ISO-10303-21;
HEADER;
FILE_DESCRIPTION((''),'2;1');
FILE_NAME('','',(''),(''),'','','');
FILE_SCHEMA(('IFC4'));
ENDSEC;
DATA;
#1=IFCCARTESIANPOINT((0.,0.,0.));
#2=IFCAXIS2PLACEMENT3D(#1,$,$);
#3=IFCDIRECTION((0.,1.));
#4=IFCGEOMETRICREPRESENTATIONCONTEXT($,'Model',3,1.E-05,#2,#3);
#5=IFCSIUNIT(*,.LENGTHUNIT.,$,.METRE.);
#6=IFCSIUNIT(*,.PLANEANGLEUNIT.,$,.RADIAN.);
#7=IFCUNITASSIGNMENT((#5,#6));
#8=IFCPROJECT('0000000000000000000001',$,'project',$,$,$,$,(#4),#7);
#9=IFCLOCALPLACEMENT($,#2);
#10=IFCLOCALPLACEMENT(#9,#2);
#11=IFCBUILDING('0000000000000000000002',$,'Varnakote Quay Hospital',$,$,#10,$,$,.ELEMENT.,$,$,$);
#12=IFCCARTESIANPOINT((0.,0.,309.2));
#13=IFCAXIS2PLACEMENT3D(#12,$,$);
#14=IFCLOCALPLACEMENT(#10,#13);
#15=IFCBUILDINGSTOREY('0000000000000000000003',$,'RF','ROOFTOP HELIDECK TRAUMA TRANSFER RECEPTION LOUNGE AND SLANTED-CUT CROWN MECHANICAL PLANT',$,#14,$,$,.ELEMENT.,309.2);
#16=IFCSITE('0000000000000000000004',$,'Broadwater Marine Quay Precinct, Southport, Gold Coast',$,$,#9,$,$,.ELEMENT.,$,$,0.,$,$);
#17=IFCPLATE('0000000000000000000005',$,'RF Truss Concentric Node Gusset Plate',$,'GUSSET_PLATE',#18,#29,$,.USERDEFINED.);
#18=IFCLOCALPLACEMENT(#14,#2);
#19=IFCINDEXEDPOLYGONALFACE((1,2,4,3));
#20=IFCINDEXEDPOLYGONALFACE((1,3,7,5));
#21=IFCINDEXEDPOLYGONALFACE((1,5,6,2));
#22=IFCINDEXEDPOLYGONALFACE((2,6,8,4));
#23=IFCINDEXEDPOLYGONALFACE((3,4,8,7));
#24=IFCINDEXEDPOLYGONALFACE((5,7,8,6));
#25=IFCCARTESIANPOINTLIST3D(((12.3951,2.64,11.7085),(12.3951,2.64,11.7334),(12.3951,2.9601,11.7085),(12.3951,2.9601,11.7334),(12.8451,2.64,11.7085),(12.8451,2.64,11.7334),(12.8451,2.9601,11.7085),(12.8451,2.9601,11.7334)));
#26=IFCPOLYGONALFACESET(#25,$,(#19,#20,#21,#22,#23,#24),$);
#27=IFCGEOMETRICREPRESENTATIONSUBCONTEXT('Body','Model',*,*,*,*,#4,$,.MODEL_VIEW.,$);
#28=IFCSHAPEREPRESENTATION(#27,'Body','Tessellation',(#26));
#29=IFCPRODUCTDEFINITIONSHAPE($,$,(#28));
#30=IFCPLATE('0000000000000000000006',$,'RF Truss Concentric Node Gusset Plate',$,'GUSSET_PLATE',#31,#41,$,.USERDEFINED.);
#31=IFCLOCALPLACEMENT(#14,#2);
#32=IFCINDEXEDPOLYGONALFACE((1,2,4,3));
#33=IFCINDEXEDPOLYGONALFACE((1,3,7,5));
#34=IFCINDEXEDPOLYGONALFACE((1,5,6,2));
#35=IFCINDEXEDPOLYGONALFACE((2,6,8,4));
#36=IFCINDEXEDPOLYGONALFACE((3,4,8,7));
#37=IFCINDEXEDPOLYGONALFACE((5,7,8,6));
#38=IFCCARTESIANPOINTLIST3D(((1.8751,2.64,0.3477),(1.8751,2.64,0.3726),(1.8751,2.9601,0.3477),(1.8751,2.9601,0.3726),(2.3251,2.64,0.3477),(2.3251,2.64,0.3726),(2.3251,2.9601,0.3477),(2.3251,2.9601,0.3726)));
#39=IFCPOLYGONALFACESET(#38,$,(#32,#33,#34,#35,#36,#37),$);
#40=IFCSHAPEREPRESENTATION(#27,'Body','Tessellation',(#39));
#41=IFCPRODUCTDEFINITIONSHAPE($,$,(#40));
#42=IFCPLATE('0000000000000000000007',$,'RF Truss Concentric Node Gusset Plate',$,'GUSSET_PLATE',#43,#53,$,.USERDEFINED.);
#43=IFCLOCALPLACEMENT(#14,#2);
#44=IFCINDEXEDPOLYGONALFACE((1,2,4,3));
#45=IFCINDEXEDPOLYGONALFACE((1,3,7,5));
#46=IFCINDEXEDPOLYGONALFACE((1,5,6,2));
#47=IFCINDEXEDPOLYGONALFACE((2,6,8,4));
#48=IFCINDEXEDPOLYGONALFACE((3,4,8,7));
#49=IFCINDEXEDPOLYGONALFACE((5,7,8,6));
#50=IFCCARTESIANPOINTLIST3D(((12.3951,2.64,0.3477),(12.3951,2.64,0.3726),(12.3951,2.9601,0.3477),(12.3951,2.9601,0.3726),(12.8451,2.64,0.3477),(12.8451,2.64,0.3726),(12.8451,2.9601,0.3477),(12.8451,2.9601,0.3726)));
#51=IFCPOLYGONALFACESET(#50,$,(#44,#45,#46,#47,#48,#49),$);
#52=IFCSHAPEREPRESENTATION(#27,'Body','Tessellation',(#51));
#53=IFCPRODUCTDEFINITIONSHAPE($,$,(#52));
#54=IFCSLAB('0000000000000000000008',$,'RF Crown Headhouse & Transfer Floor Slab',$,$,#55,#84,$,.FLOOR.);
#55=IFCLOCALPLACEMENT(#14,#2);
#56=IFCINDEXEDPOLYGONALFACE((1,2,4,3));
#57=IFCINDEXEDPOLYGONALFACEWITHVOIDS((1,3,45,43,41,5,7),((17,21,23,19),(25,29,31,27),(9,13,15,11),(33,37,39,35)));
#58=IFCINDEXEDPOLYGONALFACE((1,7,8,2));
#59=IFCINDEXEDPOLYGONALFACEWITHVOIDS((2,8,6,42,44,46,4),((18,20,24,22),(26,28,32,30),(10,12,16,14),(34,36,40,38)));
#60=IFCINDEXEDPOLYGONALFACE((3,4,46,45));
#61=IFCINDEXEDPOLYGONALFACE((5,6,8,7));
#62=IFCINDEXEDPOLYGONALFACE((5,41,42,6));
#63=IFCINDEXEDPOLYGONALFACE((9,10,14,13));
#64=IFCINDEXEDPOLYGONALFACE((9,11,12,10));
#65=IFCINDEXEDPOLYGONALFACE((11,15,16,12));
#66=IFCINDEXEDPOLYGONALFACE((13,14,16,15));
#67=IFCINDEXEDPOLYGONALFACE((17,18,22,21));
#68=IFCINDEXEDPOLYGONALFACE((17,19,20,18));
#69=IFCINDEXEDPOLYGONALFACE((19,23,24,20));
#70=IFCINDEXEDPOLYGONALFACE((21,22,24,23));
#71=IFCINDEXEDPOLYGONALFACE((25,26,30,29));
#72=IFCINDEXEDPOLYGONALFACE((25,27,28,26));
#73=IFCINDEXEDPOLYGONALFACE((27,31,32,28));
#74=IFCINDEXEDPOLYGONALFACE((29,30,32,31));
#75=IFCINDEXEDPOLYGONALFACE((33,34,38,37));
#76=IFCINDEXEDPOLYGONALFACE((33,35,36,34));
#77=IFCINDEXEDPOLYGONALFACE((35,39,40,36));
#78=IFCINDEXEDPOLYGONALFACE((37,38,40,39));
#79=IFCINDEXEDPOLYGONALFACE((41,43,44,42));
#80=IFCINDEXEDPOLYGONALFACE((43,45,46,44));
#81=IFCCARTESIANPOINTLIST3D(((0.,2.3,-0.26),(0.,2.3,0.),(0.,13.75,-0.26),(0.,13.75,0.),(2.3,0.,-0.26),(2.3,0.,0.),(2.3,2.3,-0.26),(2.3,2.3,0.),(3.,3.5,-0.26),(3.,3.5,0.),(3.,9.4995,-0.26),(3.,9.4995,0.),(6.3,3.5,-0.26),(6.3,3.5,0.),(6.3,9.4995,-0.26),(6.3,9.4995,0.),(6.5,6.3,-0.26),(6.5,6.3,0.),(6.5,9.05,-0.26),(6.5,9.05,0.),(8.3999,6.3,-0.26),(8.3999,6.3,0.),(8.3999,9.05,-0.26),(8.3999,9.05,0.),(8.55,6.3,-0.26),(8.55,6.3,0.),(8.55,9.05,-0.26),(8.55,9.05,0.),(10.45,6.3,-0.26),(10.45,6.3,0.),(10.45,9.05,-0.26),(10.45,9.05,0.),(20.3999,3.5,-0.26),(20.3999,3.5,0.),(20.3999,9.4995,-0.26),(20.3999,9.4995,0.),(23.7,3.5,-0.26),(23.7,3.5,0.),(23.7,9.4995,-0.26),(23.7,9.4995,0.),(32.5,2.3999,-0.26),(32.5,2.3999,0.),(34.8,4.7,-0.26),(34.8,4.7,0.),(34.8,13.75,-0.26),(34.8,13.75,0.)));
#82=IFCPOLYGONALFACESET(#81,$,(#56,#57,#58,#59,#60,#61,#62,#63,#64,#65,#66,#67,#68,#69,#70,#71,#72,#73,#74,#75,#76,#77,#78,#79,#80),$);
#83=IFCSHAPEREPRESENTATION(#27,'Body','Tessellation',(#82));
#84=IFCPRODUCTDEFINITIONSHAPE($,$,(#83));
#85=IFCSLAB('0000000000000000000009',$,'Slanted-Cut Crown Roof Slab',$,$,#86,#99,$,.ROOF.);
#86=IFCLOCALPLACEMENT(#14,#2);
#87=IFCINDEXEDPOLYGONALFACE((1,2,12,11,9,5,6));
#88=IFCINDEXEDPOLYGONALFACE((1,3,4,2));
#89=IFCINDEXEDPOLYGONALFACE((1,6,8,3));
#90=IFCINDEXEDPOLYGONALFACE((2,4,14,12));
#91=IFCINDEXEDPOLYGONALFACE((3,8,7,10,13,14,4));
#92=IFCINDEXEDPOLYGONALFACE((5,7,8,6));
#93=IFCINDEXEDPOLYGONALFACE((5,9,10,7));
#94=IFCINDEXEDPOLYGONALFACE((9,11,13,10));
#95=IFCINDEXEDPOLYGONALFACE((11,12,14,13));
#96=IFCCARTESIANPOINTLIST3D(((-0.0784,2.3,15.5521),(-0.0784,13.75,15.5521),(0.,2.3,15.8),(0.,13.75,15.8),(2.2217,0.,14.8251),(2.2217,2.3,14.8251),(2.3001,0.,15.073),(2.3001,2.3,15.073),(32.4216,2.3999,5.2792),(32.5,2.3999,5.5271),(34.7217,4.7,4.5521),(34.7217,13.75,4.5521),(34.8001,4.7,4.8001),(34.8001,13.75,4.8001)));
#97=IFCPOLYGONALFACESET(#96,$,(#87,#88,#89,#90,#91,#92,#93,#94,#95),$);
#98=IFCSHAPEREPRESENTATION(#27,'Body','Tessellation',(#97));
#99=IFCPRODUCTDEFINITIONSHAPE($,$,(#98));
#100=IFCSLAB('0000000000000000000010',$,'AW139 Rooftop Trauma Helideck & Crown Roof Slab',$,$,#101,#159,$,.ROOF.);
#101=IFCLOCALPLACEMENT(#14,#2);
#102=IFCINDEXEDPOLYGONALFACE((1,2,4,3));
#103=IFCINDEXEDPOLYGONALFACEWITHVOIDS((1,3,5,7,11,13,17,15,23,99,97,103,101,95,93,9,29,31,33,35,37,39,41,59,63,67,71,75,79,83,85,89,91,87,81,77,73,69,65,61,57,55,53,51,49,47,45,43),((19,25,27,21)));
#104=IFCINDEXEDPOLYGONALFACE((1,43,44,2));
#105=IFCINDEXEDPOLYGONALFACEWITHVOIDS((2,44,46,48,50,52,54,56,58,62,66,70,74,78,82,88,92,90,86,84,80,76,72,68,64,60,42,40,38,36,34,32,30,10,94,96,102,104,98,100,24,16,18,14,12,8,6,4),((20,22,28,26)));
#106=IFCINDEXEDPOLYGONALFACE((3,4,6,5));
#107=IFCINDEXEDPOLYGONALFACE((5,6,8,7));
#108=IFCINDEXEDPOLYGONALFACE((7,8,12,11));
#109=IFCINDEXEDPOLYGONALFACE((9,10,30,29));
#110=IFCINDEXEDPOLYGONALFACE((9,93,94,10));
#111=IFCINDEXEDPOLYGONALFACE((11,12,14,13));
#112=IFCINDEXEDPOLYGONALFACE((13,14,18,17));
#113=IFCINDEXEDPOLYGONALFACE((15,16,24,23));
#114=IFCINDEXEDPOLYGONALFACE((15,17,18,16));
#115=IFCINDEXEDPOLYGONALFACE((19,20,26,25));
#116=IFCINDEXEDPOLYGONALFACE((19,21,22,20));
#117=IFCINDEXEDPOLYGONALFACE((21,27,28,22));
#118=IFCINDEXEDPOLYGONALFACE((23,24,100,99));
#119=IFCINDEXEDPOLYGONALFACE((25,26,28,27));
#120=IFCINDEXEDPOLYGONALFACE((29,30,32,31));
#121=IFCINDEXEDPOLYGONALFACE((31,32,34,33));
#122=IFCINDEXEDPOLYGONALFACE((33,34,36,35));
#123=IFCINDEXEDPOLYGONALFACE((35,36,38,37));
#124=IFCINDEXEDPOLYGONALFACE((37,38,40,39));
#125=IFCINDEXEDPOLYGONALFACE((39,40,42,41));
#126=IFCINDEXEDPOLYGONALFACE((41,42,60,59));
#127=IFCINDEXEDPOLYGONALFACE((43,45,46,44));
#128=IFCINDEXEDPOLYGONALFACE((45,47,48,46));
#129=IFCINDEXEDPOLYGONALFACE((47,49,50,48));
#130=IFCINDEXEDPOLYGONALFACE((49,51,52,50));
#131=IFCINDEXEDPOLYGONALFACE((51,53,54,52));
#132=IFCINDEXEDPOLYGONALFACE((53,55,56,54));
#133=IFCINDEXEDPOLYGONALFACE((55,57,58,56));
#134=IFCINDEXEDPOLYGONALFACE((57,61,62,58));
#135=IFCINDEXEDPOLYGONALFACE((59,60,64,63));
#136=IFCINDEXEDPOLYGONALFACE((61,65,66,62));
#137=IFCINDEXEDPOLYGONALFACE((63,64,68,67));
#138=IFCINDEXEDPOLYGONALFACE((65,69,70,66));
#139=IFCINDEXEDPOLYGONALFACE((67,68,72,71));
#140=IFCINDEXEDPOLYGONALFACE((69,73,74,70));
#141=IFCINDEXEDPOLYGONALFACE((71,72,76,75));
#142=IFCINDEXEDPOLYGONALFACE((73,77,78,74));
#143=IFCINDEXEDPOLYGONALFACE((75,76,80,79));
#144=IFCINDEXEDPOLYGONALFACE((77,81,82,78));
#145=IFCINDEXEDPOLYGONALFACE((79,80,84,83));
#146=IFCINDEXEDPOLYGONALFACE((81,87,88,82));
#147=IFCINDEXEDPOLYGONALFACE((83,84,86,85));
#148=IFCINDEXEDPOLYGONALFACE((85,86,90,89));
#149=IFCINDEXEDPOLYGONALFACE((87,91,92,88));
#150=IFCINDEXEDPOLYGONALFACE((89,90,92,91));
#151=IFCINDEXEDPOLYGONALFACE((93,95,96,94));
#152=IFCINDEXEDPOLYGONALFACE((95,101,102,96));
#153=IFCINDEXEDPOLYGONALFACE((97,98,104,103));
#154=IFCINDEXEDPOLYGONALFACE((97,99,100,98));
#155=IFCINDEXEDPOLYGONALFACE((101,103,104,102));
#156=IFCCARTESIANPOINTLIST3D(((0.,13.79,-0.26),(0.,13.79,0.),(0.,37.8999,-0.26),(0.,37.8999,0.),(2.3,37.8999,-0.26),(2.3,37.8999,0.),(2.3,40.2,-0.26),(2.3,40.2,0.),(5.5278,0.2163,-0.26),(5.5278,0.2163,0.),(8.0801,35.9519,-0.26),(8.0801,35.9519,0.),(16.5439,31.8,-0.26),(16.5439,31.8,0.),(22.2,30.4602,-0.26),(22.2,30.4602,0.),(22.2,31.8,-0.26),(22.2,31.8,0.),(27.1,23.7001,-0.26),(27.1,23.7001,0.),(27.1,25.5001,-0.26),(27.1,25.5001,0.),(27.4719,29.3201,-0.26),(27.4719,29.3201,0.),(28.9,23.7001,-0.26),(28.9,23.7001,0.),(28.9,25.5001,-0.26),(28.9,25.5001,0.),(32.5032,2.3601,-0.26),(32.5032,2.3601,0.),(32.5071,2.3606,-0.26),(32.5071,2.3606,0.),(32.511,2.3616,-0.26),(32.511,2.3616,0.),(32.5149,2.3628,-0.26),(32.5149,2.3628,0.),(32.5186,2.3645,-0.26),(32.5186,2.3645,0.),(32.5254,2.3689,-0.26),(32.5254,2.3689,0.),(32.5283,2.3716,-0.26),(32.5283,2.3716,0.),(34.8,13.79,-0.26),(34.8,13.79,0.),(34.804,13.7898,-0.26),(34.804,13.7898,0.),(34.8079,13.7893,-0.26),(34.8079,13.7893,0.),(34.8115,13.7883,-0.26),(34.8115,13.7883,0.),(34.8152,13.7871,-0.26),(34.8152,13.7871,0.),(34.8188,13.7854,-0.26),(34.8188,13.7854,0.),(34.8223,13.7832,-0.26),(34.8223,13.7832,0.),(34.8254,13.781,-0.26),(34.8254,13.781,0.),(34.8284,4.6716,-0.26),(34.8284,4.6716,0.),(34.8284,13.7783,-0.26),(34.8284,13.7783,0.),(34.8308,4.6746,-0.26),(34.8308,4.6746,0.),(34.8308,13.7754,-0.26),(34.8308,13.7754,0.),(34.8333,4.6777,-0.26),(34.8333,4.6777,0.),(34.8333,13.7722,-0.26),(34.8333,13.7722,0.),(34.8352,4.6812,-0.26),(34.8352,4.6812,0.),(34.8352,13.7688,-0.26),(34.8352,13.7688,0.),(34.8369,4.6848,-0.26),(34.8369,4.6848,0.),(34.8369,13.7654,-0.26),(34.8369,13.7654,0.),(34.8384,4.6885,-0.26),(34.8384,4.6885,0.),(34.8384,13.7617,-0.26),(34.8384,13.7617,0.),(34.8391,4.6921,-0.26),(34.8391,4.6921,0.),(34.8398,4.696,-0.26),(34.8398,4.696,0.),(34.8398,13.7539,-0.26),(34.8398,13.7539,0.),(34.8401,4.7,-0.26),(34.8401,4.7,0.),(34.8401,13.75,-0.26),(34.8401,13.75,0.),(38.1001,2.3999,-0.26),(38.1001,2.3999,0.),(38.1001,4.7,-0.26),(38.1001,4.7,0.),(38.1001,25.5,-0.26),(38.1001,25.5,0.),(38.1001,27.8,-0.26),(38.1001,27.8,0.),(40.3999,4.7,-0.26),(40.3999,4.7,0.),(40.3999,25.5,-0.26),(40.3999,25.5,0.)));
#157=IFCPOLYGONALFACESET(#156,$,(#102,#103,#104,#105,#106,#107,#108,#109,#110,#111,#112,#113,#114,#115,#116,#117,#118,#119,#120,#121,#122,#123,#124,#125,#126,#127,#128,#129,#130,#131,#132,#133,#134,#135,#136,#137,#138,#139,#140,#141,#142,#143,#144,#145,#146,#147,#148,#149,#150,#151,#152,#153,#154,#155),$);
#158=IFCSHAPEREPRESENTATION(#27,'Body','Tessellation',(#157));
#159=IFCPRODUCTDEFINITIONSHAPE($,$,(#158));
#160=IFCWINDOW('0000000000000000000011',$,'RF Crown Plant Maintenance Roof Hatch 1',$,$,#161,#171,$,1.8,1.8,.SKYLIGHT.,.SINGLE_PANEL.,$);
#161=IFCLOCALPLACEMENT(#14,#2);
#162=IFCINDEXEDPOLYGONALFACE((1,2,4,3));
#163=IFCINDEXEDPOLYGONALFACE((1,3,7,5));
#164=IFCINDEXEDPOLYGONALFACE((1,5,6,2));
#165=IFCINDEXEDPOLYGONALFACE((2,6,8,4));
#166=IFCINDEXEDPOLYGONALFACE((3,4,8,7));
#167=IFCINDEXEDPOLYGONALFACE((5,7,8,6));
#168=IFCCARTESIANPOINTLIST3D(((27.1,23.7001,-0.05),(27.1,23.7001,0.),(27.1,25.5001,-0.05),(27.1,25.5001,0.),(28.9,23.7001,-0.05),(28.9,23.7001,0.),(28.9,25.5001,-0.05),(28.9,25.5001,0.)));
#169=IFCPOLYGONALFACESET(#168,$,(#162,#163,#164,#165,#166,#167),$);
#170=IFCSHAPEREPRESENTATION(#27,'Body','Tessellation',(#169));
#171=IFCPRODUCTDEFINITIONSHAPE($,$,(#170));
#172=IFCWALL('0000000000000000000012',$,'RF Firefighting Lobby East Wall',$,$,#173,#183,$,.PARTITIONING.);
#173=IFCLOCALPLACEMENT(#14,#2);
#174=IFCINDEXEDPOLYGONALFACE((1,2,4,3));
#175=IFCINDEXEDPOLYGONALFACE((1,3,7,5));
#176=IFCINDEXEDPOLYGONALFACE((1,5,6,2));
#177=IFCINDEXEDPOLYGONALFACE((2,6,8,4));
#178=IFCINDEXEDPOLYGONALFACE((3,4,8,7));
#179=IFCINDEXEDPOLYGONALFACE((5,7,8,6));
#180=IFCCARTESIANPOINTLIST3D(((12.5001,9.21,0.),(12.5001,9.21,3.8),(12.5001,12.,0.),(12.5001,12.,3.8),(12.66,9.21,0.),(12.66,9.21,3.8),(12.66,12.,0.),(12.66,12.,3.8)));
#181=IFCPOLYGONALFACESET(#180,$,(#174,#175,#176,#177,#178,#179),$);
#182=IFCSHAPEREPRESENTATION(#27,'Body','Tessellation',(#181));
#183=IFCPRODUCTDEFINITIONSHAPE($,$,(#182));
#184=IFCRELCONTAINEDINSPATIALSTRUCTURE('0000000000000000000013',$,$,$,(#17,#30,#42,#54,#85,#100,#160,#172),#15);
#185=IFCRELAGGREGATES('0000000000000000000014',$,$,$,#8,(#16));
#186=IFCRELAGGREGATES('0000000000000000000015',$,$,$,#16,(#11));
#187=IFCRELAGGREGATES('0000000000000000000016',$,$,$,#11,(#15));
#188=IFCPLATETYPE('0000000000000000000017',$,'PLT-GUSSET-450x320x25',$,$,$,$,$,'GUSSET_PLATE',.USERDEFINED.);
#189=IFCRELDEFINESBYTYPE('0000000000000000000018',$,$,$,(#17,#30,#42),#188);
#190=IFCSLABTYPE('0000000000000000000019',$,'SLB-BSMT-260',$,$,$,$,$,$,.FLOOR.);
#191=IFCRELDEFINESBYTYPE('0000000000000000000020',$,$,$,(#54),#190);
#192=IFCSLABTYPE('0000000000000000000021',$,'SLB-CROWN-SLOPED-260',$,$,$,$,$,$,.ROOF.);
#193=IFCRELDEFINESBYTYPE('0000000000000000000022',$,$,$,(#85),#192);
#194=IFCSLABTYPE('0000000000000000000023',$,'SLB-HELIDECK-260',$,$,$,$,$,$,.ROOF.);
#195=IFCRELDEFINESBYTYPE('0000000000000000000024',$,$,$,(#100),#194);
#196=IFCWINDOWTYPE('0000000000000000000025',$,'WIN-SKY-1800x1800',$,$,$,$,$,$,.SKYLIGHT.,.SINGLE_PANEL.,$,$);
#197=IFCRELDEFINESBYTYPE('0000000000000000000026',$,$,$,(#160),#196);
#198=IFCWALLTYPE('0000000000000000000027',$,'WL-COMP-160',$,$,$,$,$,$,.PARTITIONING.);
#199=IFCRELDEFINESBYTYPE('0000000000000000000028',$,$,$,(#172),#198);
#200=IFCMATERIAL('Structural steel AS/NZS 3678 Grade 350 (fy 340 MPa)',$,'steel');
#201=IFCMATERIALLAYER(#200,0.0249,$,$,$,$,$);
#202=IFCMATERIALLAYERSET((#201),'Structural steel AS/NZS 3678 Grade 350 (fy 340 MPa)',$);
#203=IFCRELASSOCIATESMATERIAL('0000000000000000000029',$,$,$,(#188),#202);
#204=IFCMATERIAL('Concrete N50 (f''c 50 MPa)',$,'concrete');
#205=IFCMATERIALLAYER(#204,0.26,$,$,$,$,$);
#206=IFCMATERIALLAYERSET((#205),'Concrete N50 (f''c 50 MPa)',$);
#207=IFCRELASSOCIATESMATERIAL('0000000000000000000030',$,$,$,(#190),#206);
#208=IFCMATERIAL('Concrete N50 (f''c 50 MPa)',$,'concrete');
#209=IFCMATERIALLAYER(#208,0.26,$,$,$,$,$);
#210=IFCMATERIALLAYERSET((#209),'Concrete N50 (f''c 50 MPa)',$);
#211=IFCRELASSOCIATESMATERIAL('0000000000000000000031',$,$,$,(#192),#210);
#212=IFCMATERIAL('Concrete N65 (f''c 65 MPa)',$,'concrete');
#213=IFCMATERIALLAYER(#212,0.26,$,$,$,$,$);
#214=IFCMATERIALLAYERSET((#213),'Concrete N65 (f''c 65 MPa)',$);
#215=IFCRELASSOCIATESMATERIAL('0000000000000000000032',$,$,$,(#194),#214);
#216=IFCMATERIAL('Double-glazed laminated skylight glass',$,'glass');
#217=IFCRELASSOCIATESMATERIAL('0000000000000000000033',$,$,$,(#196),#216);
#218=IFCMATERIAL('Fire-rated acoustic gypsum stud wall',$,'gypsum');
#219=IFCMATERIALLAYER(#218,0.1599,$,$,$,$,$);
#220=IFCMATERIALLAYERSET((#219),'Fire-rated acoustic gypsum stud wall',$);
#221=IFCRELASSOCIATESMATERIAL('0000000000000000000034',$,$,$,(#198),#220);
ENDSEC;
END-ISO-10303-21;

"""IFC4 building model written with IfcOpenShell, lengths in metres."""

from ifc_helpers import new_model, si_unit, direction, frame, frame_2d, origin, origin_2d, place, context, subcontext, project, spatial, polyline, rectangle, outline, extrude, material, layer, layer_set, type_object, element, fill, save


model = new_model("IFC4")

# Units and contexts
model_context = context("Model", 3, precision=1e-05, world=origin(), true_north=direction((0.0, 1.0)))
body_context = subcontext(model_context, "Body", "Model", "MODEL_VIEW")
ifc_project = project(units=[si_unit("LENGTHUNIT", "METRE"), si_unit("PLANEANGLEUNIT", "RADIAN")], contexts=[model_context])

# Site, building, storey
site_placement = place(None, origin())
site = spatial("IfcSite", under=ifc_project, at=site_placement, Name="Broadwater Marine Quay Precinct, Southport, Gold Coast", CompositionType="ELEMENT", RefElevation=0.0)
building_placement = place(site_placement, origin())
building = spatial("IfcBuilding", under=site, at=building_placement, Name="Varnakote Quay Hospital", CompositionType="ELEMENT")
storey_placement = place(building_placement, frame((0.0, 0.0, 309.2)))
storey = spatial("IfcBuildingStorey", under=building, at=storey_placement, Name="RF", Description="ROOFTOP HELIDECK TRAUMA TRANSFER RECEPTION LOUNGE AND SLANTED-CUT CROWN MECHANICAL PLANT", CompositionType="ELEMENT", Elevation=309.2)

# Plates
ifc_material_1 = material(Name="Structural steel AS/NZS 3678 Grade 350 (fy 340 MPa)", Category="steel")
ifc_layer_1 = layer(ifc_material_1, 0.0249)
ifc_layer_set_1 = layer_set([ifc_layer_1], Name="Structural steel AS/NZS 3678 Grade 350 (fy 340 MPa)")
plate_type_1 = type_object("IfcPlateType", Name="PLT-GUSSET-450x320x25", ElementType="GUSSET_PLATE", PredefinedType="USERDEFINED", material=ifc_layer_set_1)
for number, where, z_axis, x_axis, name in (
    (1, (12.6201, 2.8, 11.7085), (0.0, 0.0, 1.0), (1.0, 0.0, 0.0), "RF Truss Concentric Node Gusset Plate"),
    (2, (2.1001, 2.8, 0.3477), (0.0, 0.0, 1.0), (1.0, 0.0, 0.0), "RF Truss Concentric Node Gusset Plate"),
    (3, (12.6201, 2.8, 0.3477), (0.0, 0.0, 1.0), (1.0, 0.0, 0.0), "RF Truss Concentric Node Gusset Plate"),
):
    element("IfcPlate", number, at=place(storey_placement, frame(where, z_axis=z_axis, x_axis=x_axis)), inside=storey, type_object=plate_type_1, Name=name, ObjectType="GUSSET_PLATE", PredefinedType="USERDEFINED", context=body_context, shape_type="SweptSolid", body=[
        extrude(rectangle(XDim=0.45, YDim=0.3201, at=origin_2d()), origin(), (0.0, 0.0, 1.0), 0.0249),
    ])

# Slabs
ifc_material_2 = material(Name="Concrete N50 (f'c 50 MPa)", Category="concrete")
ifc_layer_2 = layer(ifc_material_2, 0.26)
ifc_layer_set_2 = layer_set([ifc_layer_2], Name="Concrete N50 (f'c 50 MPa)")
slab_type_1 = type_object("IfcSlabType", Name="SLB-BSMT-260", PredefinedType="FLOOR", material=ifc_layer_set_2)
slab_1_placement = place(storey_placement, frame((0.0, 0.0, -0.26)))
element("IfcSlab", 4, at=slab_1_placement, inside=storey, type_object=slab_type_1, Name="RF Crown Headhouse & Transfer Floor Slab", PredefinedType="FLOOR", context=body_context, shape_type="SweptSolid", body=[
    extrude(outline(polyline([(0.0, 2.3), (2.3, 2.3), (2.3, 0.0), (32.5, 2.3999), (34.8, 4.7), (34.8, 13.75), (0.0, 13.75), (0.0, 2.3)]), holes=[polyline([(3.0, 3.5), (6.3, 3.5), (6.3, 9.4995), (3.0, 9.4995), (3.0, 3.5)]), polyline([(20.3999, 3.5), (23.7, 3.5), (23.7, 9.4995), (20.3999, 9.4995), (20.3999, 3.5)]), polyline([(6.5, 6.3), (8.3999, 6.3), (8.3999, 9.05), (6.5, 9.05), (6.5, 6.3)]), polyline([(8.55, 6.3), (10.45, 6.3), (10.45, 9.05), (8.55, 9.05), (8.55, 6.3)])]), origin(), (0.0, 0.0, 1.0), 0.26),
])
ifc_material_3 = material(Name="Concrete N50 (f'c 50 MPa)", Category="concrete")
ifc_layer_3 = layer(ifc_material_3, 0.26)
ifc_layer_set_3 = layer_set([ifc_layer_3], Name="Concrete N50 (f'c 50 MPa)")
slab_type_2 = type_object("IfcSlabType", Name="SLB-CROWN-SLOPED-260", PredefinedType="ROOF", material=ifc_layer_set_3)
slab_2_placement = place(storey_placement, frame((0.0, 2.3, 15.8), z_axis=(0.301393, 0.0, 0.9535), x_axis=(0.9535, 0.0, -0.301393)))
element("IfcSlab", 5, at=slab_2_placement, inside=storey, type_object=slab_type_2, Name="Slanted-Cut Crown Roof Slab", PredefinedType="ROOF", context=body_context, shape_type="SweptSolid", body=[
    extrude(outline(polyline([(0.0, 0.0), (2.4122, 0.0), (2.4122, -2.3), (34.0849, 0.0999), (36.4972, 2.3999), (36.4972, 11.45), (0.0, 11.45), (0.0, 0.0)])), origin(), (0.0, 0.0, -1.0), 0.26),
])

# Slab, opening, window
ifc_material_4 = material(Name="Concrete N65 (f'c 65 MPa)", Category="concrete")
ifc_layer_4 = layer(ifc_material_4, 0.26)
ifc_layer_set_4 = layer_set([ifc_layer_4], Name="Concrete N65 (f'c 65 MPa)")
slab_type_3 = type_object("IfcSlabType", Name="SLB-HELIDECK-260", PredefinedType="ROOF", material=ifc_layer_set_4)
slab_3_placement = place(storey_placement, frame((0.0, 0.0, -0.26)))
slab_3 = element("IfcSlab", 6, at=slab_3_placement, inside=storey, type_object=slab_type_3, Name="AW139 Rooftop Trauma Helideck & Crown Roof Slab", PredefinedType="ROOF", context=body_context, shape_type="SweptSolid", body=[
    extrude(outline(polyline([(27.4719, 29.3201), (22.2, 30.4602), (22.2, 31.8), (16.5439, 31.8), (8.0801, 35.9519), (2.3, 40.2), (2.3, 37.8999), (0.0, 37.8999), (0.0, 13.79), (34.8, 13.79), (34.804, 13.7898), (34.8079, 13.7893), (34.8115, 13.7883), (34.8152, 13.7871), (34.8188, 13.7854), (34.8223, 13.7832), (34.8254, 13.781), (34.8284, 13.7783), (34.8308, 13.7754), (34.8333, 13.7722), (34.8352, 13.7688), (34.8369, 13.7654), (34.8384, 13.7617), (34.8391, 13.7578), (34.8398, 13.7539), (34.8401, 13.75), (34.8401, 4.7), (34.8398, 4.696), (34.8391, 4.6921), (34.8384, 4.6885), (34.8369, 4.6848), (34.8352, 4.6812), (34.8333, 4.6777), (34.8308, 4.6746), (34.8284, 4.6716), (32.5283, 2.3716), (32.5254, 2.3689), (32.522, 2.3667), (32.5186, 2.3645), (32.5149, 2.3628), (32.511, 2.3616), (32.5071, 2.3606), (32.5032, 2.3601), (5.5278, 0.2163), (38.1001, 2.3999), (38.1001, 4.7), (40.3999, 4.7), (40.3999, 25.5), (38.1001, 25.5), (38.1001, 27.8), (27.4719, 29.3201)])), origin(), (0.0, 0.0, 1.0), 0.26),
])
opening_1_placement = place(slab_3_placement, frame((28.0, 24.6001, 0.0)))
opening_1 = element("IfcOpeningElement", 7, at=opening_1_placement, cuts=slab_3, PredefinedType="OPENING", context=body_context, shape_type="SweptSolid", body=[
    extrude(rectangle(XDim=1.8, YDim=1.8, at=origin_2d()), origin(), (0.0, 0.0, 1.0), 0.26),
])
ifc_material_5 = material(Name="Double-glazed laminated skylight glass", Category="glass")
window_type = type_object("IfcWindowType", Name="WIN-SKY-1800x1800", PartitioningType="SINGLE_PANEL", PredefinedType="SKYLIGHT", material=ifc_material_5)
window_placement = place(opening_1_placement, frame((0.0, 0.0, 0.21)))
window = element("IfcWindow", 8, at=window_placement, inside=storey, type_object=window_type, Name="RF Crown Plant Maintenance Roof Hatch 1", OverallHeight=1.8, OverallWidth=1.8, PartitioningType="SINGLE_PANEL", PredefinedType="SKYLIGHT", context=body_context, shape_type="SweptSolid", body=[
    extrude(rectangle(XDim=1.8, YDim=1.8, at=origin_2d()), origin(), (0.0, 0.0, 1.0), 0.05),
])
fill(opening_1, window)

# Wall
ifc_material_6 = material(Name="Fire-rated acoustic gypsum stud wall", Category="gypsum")
ifc_layer_5 = layer(ifc_material_6, 0.1599)
ifc_layer_set_5 = layer_set([ifc_layer_5], Name="Fire-rated acoustic gypsum stud wall")
wall_type_1 = type_object("IfcWallType", Name="WL-COMP-160", PredefinedType="PARTITIONING", material=ifc_layer_set_5)
wall_1_placement = place(storey_placement, frame((12.5801, 9.21, 0.0), z_axis=(0.0, 0.0, 1.0), x_axis=(0.0, 1.0, 0.0)))
element("IfcWall", 9, at=wall_1_placement, inside=storey, type_object=wall_type_1, Name="RF Firefighting Lobby East Wall", PredefinedType="PARTITIONING", context=body_context, shape_type="SweptSolid", body=[
    extrude(rectangle(XDim=2.79, YDim=0.1599, at=frame_2d((1.395, 0.0))), origin(), (0.0, 0.0, 1.0), 3.8),
])

save(model, "model.ifc")
